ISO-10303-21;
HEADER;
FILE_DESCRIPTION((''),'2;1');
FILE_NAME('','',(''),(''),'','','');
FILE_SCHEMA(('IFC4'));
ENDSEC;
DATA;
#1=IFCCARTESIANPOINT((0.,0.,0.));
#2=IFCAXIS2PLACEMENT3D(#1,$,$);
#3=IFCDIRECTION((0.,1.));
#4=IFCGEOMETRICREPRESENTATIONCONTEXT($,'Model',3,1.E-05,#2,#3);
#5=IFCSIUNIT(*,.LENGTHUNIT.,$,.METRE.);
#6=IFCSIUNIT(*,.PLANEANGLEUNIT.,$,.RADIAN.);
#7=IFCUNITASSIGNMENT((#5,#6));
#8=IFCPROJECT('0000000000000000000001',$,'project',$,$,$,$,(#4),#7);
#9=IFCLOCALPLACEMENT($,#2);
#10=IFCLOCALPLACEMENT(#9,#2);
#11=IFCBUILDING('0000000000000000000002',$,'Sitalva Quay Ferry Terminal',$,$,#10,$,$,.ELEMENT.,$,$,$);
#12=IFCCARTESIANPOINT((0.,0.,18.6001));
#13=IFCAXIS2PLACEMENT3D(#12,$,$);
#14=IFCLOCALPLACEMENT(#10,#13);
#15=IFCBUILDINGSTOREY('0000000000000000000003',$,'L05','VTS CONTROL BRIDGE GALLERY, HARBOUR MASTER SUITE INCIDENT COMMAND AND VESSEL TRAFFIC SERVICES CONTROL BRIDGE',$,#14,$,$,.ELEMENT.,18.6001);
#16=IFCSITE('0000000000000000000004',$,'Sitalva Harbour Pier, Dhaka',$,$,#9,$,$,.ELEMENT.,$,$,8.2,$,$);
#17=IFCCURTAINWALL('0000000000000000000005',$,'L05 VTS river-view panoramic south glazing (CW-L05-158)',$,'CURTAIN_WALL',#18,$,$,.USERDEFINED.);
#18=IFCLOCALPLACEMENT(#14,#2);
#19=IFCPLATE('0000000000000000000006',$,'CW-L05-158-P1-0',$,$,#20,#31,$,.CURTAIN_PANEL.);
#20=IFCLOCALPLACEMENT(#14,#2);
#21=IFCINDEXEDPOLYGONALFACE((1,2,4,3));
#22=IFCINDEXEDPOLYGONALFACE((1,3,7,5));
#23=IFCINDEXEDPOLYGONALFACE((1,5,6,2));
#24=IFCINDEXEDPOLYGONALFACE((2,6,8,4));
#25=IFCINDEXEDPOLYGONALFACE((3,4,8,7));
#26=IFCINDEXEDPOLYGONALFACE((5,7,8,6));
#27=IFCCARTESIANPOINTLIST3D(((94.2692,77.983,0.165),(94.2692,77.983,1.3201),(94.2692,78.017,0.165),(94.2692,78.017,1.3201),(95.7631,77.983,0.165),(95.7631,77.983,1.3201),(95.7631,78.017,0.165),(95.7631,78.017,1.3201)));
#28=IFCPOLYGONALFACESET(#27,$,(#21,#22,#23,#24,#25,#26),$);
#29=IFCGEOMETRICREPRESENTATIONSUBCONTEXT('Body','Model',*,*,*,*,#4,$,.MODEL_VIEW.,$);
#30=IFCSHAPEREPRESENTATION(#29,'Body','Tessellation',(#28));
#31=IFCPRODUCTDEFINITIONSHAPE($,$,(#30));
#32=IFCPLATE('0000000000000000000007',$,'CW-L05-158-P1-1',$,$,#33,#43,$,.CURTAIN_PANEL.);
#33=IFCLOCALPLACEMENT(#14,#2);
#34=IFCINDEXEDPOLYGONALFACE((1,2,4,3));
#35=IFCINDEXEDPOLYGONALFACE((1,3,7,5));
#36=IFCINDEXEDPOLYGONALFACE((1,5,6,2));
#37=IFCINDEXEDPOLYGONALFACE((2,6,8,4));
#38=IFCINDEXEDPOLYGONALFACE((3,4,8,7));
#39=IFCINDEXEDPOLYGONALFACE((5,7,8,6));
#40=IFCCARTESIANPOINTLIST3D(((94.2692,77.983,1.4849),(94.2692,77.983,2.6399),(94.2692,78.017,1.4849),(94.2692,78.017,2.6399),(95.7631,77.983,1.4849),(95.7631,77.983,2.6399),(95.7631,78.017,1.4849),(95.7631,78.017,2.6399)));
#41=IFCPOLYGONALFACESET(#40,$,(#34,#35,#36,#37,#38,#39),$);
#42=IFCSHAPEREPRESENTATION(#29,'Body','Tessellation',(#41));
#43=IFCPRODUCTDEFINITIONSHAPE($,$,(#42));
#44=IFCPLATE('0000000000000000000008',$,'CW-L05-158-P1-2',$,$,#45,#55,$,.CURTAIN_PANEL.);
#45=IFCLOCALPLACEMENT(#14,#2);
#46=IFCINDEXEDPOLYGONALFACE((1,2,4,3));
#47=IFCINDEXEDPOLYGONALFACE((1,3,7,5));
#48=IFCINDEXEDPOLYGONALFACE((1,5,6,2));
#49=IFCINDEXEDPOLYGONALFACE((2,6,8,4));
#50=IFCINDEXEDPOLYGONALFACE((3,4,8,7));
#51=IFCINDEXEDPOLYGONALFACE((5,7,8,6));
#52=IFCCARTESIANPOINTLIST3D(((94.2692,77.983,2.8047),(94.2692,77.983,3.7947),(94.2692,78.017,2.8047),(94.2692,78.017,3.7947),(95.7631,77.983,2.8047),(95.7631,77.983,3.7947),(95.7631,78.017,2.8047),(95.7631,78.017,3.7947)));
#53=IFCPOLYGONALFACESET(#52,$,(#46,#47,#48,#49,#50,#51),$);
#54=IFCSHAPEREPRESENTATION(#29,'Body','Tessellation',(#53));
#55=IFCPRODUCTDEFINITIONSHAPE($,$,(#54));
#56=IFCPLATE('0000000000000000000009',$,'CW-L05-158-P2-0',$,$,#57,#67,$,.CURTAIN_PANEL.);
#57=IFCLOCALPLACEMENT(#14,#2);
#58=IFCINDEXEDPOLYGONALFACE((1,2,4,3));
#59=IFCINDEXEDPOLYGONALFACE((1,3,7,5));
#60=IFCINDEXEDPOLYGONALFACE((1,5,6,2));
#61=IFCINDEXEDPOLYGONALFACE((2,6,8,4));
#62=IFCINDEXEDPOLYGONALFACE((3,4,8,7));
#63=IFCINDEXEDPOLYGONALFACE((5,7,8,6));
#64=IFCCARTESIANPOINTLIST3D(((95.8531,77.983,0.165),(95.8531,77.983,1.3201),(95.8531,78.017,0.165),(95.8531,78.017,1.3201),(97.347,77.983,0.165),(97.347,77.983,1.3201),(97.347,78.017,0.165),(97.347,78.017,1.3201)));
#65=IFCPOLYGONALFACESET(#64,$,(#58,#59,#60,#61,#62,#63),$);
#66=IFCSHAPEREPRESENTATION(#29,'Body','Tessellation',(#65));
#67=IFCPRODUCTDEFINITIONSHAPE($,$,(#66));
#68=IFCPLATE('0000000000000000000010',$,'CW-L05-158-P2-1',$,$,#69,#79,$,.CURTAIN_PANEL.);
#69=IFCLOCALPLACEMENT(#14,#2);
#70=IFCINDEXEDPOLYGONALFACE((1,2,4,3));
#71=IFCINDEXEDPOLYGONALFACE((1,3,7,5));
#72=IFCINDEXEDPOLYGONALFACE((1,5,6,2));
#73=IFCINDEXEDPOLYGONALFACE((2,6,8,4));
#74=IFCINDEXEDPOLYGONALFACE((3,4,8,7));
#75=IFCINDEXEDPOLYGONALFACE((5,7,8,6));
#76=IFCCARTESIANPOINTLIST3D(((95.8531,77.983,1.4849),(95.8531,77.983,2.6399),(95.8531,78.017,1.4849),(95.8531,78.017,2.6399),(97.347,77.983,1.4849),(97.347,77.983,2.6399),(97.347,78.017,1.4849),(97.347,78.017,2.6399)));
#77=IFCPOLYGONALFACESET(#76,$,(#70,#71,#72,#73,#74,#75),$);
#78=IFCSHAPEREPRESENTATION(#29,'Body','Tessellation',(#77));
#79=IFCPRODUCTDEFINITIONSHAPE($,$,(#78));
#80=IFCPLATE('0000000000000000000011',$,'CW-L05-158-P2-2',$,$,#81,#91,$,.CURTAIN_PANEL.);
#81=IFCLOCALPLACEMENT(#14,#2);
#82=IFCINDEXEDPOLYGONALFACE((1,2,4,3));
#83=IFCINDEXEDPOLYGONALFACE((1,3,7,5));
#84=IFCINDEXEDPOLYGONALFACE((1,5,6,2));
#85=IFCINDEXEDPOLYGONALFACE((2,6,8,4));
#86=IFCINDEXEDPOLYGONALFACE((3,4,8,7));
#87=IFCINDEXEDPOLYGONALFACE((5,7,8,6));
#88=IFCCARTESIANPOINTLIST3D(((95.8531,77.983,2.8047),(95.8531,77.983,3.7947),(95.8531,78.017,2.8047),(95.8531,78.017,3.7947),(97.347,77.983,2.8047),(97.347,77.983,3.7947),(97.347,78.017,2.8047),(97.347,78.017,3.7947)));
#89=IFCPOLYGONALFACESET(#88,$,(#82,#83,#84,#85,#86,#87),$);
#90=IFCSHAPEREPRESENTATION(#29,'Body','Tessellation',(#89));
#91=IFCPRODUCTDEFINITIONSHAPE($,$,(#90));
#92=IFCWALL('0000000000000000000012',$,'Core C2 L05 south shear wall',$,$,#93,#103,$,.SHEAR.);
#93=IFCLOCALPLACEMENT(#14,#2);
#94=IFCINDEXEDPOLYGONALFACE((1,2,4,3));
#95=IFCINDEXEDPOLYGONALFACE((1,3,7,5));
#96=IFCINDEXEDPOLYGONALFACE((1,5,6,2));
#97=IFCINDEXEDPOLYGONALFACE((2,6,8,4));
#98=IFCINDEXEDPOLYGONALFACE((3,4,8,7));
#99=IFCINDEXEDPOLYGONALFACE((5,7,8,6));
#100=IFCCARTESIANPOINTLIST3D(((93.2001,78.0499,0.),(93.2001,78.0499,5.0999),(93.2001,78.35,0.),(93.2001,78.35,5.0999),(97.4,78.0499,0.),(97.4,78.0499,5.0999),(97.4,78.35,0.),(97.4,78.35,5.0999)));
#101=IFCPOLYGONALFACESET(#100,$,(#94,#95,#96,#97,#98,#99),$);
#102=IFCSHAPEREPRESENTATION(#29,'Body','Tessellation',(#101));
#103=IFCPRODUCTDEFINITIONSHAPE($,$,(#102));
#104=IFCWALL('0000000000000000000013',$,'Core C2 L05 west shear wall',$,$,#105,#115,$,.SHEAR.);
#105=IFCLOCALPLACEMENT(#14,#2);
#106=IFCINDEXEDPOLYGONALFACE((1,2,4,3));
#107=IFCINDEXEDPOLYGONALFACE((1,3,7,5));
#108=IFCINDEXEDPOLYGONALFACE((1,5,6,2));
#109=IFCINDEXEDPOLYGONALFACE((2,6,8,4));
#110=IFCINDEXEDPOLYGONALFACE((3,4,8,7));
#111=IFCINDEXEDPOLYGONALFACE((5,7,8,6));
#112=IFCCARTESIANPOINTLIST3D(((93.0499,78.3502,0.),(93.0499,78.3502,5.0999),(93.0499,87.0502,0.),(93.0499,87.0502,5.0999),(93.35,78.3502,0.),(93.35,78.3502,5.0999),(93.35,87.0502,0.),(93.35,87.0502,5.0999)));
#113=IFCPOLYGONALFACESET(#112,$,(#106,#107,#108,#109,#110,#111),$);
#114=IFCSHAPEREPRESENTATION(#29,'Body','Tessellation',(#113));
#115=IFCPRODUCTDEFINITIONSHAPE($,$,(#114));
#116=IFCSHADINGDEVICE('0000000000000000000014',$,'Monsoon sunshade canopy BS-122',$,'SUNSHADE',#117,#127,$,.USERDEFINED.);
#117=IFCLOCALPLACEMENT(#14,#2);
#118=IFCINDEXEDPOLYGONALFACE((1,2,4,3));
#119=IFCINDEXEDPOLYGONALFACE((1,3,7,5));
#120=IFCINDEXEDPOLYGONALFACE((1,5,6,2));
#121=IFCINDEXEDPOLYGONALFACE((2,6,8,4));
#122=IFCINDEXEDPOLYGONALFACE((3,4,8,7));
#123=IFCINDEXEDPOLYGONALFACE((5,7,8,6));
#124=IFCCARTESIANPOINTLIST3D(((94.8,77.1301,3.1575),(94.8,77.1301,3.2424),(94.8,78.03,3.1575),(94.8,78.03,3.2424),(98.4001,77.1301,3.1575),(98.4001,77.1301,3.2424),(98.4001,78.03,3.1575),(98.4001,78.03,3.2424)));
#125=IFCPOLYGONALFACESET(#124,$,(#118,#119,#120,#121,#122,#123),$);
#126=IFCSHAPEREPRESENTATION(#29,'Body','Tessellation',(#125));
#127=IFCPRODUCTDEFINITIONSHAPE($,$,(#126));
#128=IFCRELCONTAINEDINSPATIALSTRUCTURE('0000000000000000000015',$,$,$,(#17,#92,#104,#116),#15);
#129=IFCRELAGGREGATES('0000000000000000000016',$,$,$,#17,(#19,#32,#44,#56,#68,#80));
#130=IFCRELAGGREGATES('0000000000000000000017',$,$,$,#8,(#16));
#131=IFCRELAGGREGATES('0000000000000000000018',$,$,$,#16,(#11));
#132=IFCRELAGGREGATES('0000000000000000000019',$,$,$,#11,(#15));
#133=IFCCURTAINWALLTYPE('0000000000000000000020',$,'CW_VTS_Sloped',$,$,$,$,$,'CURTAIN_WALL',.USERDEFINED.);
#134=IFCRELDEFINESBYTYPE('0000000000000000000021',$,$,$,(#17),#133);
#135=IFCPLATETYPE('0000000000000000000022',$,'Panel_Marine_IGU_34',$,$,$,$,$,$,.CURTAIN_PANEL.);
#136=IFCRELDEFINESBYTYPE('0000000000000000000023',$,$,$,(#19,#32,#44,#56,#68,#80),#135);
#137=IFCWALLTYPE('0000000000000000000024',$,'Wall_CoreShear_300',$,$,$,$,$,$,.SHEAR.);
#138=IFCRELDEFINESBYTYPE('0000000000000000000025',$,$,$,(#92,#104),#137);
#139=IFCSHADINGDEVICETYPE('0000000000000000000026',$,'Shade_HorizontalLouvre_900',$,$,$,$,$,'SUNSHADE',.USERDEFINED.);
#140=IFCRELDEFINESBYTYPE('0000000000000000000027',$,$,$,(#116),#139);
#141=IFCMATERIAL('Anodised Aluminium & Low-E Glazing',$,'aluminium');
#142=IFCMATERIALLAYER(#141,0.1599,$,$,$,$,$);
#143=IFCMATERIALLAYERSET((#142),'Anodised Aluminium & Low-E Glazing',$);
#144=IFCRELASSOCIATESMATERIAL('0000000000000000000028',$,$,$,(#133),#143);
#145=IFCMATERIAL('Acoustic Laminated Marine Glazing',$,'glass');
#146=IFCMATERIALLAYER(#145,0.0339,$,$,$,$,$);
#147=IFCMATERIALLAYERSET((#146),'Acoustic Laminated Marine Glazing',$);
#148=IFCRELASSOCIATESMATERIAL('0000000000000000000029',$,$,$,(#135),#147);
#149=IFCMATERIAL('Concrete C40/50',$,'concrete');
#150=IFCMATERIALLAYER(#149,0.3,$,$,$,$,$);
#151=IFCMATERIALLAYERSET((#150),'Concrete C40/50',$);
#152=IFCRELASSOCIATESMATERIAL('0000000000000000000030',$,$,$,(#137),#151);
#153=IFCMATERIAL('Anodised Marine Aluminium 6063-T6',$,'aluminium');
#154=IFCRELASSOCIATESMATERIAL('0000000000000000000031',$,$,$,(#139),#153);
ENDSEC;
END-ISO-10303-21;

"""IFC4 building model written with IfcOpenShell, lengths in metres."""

from ifc_helpers import new_model, si_unit, direction, frame, frame_2d, origin, origin_2d, place, context, subcontext, project, spatial, rectangle, extrude, material, layer, layer_set, type_object, element, aggregate, save


model = new_model("IFC4")

# Units and contexts
model_context = context("Model", 3, precision=1e-05, world=origin(), true_north=direction((0.0, 1.0)))
body_context = subcontext(model_context, "Body", "Model", "MODEL_VIEW")
ifc_project = project(units=[si_unit("LENGTHUNIT", "METRE"), si_unit("PLANEANGLEUNIT", "RADIAN")], contexts=[model_context])

# Site, building, storey
site_placement = place(None, origin())
site = spatial("IfcSite", under=ifc_project, at=site_placement, Name="Sitalva Harbour Pier, Dhaka", CompositionType="ELEMENT", RefElevation=8.2)
building_placement = place(site_placement, origin())
building = spatial("IfcBuilding", under=site, at=building_placement, Name="Sitalva Quay Ferry Terminal", CompositionType="ELEMENT")
storey_placement = place(building_placement, frame((0.0, 0.0, 18.6001)))
storey = spatial("IfcBuildingStorey", under=building, at=storey_placement, Name="L05", Description="VTS CONTROL BRIDGE GALLERY, HARBOUR MASTER SUITE INCIDENT COMMAND AND VESSEL TRAFFIC SERVICES CONTROL BRIDGE", CompositionType="ELEMENT", Elevation=18.6001)

# Curtain wall
ifc_material_1 = material(Name="Anodised Aluminium & Low-E Glazing", Category="aluminium")
ifc_layer_1 = layer(ifc_material_1, 0.1599)
ifc_layer_set_1 = layer_set([ifc_layer_1], Name="Anodised Aluminium & Low-E Glazing")
curtain_wall_type = type_object("IfcCurtainWallType", Name="CW_VTS_Sloped", ElementType="CURTAIN_WALL", PredefinedType="USERDEFINED", material=ifc_layer_set_1)
curtain_wall_placement = place(storey_placement, origin())
curtain_wall = element("IfcCurtainWall", 1, at=curtain_wall_placement, inside=storey, type_object=curtain_wall_type, Name="L05 VTS river-view panoramic south glazing (CW-L05-158)", ObjectType="CURTAIN_WALL", PredefinedType="USERDEFINED")

# Plates
ifc_material_2 = material(Name="Acoustic Laminated Marine Glazing", Category="glass")
ifc_layer_2 = layer(ifc_material_2, 0.0339)
ifc_layer_set_2 = layer_set([ifc_layer_2], Name="Acoustic Laminated Marine Glazing")
plate_type_1 = type_object("IfcPlateType", Name="Panel_Marine_IGU_34", PredefinedType="CURTAIN_PANEL", material=ifc_layer_set_2)
plate_1_placement = place(storey_placement, frame((95.0161, 78.0, 0.165), z_axis=(0.0, 0.0, 1.0), x_axis=(1.0, 0.0, 0.0)))
plate_1 = element("IfcPlate", 2, at=plate_1_placement, type_object=plate_type_1, Name="CW-L05-158-P1-0", PredefinedType="CURTAIN_PANEL", context=body_context, shape_type="SweptSolid", body=[
    extrude(rectangle(XDim=1.4939, YDim=0.0339, at=origin_2d()), origin(), (0.0, 0.0, 1.0), 1.155),
])
plate_2_placement = place(storey_placement, frame((95.0161, 78.0, 1.4849), z_axis=(0.0, 0.0, 1.0), x_axis=(1.0, 0.0, 0.0)))
plate_2 = element("IfcPlate", 3, at=plate_2_placement, type_object=plate_type_1, Name="CW-L05-158-P1-1", PredefinedType="CURTAIN_PANEL", context=body_context, shape_type="SweptSolid", body=[
    extrude(rectangle(XDim=1.4939, YDim=0.0339, at=origin_2d()), origin(), (0.0, 0.0, 1.0), 1.155),
])
plate_3_placement = place(storey_placement, frame((95.0161, 78.0, 2.8047), z_axis=(0.0, 0.0, 1.0), x_axis=(1.0, 0.0, 0.0)))
plate_3 = element("IfcPlate", 4, at=plate_3_placement, type_object=plate_type_1, Name="CW-L05-158-P1-2", PredefinedType="CURTAIN_PANEL", context=body_context, shape_type="SweptSolid", body=[
    extrude(rectangle(XDim=1.4939, YDim=0.0339, at=origin_2d()), origin(), (0.0, 0.0, 1.0), 0.99),
])
plate_4_placement = place(storey_placement, frame((96.6001, 78.0, 0.165), z_axis=(0.0, 0.0, 1.0), x_axis=(1.0, 0.0, 0.0)))
plate_4 = element("IfcPlate", 5, at=plate_4_placement, type_object=plate_type_1, Name="CW-L05-158-P2-0", PredefinedType="CURTAIN_PANEL", context=body_context, shape_type="SweptSolid", body=[
    extrude(rectangle(XDim=1.4939, YDim=0.0339, at=origin_2d()), origin(), (0.0, 0.0, 1.0), 1.155),
])
plate_5_placement = place(storey_placement, frame((96.6001, 78.0, 1.4849), z_axis=(0.0, 0.0, 1.0), x_axis=(1.0, 0.0, 0.0)))
plate_5 = element("IfcPlate", 6, at=plate_5_placement, type_object=plate_type_1, Name="CW-L05-158-P2-1", PredefinedType="CURTAIN_PANEL", context=body_context, shape_type="SweptSolid", body=[
    extrude(rectangle(XDim=1.4939, YDim=0.0339, at=origin_2d()), origin(), (0.0, 0.0, 1.0), 1.155),
])
plate_6_placement = place(storey_placement, frame((96.6001, 78.0, 2.8047), z_axis=(0.0, 0.0, 1.0), x_axis=(1.0, 0.0, 0.0)))
plate_6 = element("IfcPlate", 7, at=plate_6_placement, type_object=plate_type_1, Name="CW-L05-158-P2-2", PredefinedType="CURTAIN_PANEL", context=body_context, shape_type="SweptSolid", body=[
    extrude(rectangle(XDim=1.4939, YDim=0.0339, at=origin_2d()), origin(), (0.0, 0.0, 1.0), 0.99),
])
aggregate(curtain_wall, [plate_1, plate_2, plate_3, plate_4, plate_5, plate_6])

# Walls
ifc_material_3 = material(Name="Concrete C40/50", Category="concrete")
ifc_layer_3 = layer(ifc_material_3, 0.3)
ifc_layer_set_3 = layer_set([ifc_layer_3], Name="Concrete C40/50")
wall_type = type_object("IfcWallType", Name="Wall_CoreShear_300", PredefinedType="SHEAR", material=ifc_layer_set_3)
wall_1_placement = place(storey_placement, frame((93.2, 78.2, 0.0), z_axis=(0.0, 0.0, 1.0), x_axis=(1.0, 0.0, 0.0)))
element("IfcWall", 8, at=wall_1_placement, inside=storey, type_object=wall_type, Name="Core C2 L05 south shear wall", PredefinedType="SHEAR", context=body_context, shape_type="SweptSolid", body=[
    extrude(rectangle(XDim=4.2, YDim=0.3, at=frame_2d((2.1001, 0.0))), origin(), (0.0, 0.0, 1.0), 5.0999),
])
wall_2_placement = place(storey_placement, frame((93.2, 78.3501, 0.0), z_axis=(0.0, 0.0, 1.0), x_axis=(0.0, 1.0, 0.0)))
element("IfcWall", 9, at=wall_2_placement, inside=storey, type_object=wall_type, Name="Core C2 L05 west shear wall", PredefinedType="SHEAR", context=body_context, shape_type="SweptSolid", body=[
    extrude(rectangle(XDim=8.7, YDim=0.3, at=frame_2d((4.3501, 0.0))), origin(), (0.0, 0.0, 1.0), 5.0999),
])

# Shading device
ifc_material_4 = material(Name="Anodised Marine Aluminium 6063-T6", Category="aluminium")
shading_device_type = type_object("IfcShadingDeviceType", Name="Shade_HorizontalLouvre_900", ElementType="SUNSHADE", PredefinedType="USERDEFINED", material=ifc_material_4)
shading_device_placement = place(storey_placement, frame((96.6001, 77.5801, 3.1575), z_axis=(0.0, 0.0, 1.0), x_axis=(1.0, 0.0, 0.0)))
element("IfcShadingDevice", 10, at=shading_device_placement, inside=storey, type_object=shading_device_type, Name="Monsoon sunshade canopy BS-122", ObjectType="SUNSHADE", PredefinedType="USERDEFINED", context=body_context, shape_type="SweptSolid", body=[
    extrude(rectangle(XDim=3.6001, YDim=0.8999, at=origin_2d()), origin(), (0.0, 0.0, 1.0), 0.085),
])

save(model, "model.ifc")
